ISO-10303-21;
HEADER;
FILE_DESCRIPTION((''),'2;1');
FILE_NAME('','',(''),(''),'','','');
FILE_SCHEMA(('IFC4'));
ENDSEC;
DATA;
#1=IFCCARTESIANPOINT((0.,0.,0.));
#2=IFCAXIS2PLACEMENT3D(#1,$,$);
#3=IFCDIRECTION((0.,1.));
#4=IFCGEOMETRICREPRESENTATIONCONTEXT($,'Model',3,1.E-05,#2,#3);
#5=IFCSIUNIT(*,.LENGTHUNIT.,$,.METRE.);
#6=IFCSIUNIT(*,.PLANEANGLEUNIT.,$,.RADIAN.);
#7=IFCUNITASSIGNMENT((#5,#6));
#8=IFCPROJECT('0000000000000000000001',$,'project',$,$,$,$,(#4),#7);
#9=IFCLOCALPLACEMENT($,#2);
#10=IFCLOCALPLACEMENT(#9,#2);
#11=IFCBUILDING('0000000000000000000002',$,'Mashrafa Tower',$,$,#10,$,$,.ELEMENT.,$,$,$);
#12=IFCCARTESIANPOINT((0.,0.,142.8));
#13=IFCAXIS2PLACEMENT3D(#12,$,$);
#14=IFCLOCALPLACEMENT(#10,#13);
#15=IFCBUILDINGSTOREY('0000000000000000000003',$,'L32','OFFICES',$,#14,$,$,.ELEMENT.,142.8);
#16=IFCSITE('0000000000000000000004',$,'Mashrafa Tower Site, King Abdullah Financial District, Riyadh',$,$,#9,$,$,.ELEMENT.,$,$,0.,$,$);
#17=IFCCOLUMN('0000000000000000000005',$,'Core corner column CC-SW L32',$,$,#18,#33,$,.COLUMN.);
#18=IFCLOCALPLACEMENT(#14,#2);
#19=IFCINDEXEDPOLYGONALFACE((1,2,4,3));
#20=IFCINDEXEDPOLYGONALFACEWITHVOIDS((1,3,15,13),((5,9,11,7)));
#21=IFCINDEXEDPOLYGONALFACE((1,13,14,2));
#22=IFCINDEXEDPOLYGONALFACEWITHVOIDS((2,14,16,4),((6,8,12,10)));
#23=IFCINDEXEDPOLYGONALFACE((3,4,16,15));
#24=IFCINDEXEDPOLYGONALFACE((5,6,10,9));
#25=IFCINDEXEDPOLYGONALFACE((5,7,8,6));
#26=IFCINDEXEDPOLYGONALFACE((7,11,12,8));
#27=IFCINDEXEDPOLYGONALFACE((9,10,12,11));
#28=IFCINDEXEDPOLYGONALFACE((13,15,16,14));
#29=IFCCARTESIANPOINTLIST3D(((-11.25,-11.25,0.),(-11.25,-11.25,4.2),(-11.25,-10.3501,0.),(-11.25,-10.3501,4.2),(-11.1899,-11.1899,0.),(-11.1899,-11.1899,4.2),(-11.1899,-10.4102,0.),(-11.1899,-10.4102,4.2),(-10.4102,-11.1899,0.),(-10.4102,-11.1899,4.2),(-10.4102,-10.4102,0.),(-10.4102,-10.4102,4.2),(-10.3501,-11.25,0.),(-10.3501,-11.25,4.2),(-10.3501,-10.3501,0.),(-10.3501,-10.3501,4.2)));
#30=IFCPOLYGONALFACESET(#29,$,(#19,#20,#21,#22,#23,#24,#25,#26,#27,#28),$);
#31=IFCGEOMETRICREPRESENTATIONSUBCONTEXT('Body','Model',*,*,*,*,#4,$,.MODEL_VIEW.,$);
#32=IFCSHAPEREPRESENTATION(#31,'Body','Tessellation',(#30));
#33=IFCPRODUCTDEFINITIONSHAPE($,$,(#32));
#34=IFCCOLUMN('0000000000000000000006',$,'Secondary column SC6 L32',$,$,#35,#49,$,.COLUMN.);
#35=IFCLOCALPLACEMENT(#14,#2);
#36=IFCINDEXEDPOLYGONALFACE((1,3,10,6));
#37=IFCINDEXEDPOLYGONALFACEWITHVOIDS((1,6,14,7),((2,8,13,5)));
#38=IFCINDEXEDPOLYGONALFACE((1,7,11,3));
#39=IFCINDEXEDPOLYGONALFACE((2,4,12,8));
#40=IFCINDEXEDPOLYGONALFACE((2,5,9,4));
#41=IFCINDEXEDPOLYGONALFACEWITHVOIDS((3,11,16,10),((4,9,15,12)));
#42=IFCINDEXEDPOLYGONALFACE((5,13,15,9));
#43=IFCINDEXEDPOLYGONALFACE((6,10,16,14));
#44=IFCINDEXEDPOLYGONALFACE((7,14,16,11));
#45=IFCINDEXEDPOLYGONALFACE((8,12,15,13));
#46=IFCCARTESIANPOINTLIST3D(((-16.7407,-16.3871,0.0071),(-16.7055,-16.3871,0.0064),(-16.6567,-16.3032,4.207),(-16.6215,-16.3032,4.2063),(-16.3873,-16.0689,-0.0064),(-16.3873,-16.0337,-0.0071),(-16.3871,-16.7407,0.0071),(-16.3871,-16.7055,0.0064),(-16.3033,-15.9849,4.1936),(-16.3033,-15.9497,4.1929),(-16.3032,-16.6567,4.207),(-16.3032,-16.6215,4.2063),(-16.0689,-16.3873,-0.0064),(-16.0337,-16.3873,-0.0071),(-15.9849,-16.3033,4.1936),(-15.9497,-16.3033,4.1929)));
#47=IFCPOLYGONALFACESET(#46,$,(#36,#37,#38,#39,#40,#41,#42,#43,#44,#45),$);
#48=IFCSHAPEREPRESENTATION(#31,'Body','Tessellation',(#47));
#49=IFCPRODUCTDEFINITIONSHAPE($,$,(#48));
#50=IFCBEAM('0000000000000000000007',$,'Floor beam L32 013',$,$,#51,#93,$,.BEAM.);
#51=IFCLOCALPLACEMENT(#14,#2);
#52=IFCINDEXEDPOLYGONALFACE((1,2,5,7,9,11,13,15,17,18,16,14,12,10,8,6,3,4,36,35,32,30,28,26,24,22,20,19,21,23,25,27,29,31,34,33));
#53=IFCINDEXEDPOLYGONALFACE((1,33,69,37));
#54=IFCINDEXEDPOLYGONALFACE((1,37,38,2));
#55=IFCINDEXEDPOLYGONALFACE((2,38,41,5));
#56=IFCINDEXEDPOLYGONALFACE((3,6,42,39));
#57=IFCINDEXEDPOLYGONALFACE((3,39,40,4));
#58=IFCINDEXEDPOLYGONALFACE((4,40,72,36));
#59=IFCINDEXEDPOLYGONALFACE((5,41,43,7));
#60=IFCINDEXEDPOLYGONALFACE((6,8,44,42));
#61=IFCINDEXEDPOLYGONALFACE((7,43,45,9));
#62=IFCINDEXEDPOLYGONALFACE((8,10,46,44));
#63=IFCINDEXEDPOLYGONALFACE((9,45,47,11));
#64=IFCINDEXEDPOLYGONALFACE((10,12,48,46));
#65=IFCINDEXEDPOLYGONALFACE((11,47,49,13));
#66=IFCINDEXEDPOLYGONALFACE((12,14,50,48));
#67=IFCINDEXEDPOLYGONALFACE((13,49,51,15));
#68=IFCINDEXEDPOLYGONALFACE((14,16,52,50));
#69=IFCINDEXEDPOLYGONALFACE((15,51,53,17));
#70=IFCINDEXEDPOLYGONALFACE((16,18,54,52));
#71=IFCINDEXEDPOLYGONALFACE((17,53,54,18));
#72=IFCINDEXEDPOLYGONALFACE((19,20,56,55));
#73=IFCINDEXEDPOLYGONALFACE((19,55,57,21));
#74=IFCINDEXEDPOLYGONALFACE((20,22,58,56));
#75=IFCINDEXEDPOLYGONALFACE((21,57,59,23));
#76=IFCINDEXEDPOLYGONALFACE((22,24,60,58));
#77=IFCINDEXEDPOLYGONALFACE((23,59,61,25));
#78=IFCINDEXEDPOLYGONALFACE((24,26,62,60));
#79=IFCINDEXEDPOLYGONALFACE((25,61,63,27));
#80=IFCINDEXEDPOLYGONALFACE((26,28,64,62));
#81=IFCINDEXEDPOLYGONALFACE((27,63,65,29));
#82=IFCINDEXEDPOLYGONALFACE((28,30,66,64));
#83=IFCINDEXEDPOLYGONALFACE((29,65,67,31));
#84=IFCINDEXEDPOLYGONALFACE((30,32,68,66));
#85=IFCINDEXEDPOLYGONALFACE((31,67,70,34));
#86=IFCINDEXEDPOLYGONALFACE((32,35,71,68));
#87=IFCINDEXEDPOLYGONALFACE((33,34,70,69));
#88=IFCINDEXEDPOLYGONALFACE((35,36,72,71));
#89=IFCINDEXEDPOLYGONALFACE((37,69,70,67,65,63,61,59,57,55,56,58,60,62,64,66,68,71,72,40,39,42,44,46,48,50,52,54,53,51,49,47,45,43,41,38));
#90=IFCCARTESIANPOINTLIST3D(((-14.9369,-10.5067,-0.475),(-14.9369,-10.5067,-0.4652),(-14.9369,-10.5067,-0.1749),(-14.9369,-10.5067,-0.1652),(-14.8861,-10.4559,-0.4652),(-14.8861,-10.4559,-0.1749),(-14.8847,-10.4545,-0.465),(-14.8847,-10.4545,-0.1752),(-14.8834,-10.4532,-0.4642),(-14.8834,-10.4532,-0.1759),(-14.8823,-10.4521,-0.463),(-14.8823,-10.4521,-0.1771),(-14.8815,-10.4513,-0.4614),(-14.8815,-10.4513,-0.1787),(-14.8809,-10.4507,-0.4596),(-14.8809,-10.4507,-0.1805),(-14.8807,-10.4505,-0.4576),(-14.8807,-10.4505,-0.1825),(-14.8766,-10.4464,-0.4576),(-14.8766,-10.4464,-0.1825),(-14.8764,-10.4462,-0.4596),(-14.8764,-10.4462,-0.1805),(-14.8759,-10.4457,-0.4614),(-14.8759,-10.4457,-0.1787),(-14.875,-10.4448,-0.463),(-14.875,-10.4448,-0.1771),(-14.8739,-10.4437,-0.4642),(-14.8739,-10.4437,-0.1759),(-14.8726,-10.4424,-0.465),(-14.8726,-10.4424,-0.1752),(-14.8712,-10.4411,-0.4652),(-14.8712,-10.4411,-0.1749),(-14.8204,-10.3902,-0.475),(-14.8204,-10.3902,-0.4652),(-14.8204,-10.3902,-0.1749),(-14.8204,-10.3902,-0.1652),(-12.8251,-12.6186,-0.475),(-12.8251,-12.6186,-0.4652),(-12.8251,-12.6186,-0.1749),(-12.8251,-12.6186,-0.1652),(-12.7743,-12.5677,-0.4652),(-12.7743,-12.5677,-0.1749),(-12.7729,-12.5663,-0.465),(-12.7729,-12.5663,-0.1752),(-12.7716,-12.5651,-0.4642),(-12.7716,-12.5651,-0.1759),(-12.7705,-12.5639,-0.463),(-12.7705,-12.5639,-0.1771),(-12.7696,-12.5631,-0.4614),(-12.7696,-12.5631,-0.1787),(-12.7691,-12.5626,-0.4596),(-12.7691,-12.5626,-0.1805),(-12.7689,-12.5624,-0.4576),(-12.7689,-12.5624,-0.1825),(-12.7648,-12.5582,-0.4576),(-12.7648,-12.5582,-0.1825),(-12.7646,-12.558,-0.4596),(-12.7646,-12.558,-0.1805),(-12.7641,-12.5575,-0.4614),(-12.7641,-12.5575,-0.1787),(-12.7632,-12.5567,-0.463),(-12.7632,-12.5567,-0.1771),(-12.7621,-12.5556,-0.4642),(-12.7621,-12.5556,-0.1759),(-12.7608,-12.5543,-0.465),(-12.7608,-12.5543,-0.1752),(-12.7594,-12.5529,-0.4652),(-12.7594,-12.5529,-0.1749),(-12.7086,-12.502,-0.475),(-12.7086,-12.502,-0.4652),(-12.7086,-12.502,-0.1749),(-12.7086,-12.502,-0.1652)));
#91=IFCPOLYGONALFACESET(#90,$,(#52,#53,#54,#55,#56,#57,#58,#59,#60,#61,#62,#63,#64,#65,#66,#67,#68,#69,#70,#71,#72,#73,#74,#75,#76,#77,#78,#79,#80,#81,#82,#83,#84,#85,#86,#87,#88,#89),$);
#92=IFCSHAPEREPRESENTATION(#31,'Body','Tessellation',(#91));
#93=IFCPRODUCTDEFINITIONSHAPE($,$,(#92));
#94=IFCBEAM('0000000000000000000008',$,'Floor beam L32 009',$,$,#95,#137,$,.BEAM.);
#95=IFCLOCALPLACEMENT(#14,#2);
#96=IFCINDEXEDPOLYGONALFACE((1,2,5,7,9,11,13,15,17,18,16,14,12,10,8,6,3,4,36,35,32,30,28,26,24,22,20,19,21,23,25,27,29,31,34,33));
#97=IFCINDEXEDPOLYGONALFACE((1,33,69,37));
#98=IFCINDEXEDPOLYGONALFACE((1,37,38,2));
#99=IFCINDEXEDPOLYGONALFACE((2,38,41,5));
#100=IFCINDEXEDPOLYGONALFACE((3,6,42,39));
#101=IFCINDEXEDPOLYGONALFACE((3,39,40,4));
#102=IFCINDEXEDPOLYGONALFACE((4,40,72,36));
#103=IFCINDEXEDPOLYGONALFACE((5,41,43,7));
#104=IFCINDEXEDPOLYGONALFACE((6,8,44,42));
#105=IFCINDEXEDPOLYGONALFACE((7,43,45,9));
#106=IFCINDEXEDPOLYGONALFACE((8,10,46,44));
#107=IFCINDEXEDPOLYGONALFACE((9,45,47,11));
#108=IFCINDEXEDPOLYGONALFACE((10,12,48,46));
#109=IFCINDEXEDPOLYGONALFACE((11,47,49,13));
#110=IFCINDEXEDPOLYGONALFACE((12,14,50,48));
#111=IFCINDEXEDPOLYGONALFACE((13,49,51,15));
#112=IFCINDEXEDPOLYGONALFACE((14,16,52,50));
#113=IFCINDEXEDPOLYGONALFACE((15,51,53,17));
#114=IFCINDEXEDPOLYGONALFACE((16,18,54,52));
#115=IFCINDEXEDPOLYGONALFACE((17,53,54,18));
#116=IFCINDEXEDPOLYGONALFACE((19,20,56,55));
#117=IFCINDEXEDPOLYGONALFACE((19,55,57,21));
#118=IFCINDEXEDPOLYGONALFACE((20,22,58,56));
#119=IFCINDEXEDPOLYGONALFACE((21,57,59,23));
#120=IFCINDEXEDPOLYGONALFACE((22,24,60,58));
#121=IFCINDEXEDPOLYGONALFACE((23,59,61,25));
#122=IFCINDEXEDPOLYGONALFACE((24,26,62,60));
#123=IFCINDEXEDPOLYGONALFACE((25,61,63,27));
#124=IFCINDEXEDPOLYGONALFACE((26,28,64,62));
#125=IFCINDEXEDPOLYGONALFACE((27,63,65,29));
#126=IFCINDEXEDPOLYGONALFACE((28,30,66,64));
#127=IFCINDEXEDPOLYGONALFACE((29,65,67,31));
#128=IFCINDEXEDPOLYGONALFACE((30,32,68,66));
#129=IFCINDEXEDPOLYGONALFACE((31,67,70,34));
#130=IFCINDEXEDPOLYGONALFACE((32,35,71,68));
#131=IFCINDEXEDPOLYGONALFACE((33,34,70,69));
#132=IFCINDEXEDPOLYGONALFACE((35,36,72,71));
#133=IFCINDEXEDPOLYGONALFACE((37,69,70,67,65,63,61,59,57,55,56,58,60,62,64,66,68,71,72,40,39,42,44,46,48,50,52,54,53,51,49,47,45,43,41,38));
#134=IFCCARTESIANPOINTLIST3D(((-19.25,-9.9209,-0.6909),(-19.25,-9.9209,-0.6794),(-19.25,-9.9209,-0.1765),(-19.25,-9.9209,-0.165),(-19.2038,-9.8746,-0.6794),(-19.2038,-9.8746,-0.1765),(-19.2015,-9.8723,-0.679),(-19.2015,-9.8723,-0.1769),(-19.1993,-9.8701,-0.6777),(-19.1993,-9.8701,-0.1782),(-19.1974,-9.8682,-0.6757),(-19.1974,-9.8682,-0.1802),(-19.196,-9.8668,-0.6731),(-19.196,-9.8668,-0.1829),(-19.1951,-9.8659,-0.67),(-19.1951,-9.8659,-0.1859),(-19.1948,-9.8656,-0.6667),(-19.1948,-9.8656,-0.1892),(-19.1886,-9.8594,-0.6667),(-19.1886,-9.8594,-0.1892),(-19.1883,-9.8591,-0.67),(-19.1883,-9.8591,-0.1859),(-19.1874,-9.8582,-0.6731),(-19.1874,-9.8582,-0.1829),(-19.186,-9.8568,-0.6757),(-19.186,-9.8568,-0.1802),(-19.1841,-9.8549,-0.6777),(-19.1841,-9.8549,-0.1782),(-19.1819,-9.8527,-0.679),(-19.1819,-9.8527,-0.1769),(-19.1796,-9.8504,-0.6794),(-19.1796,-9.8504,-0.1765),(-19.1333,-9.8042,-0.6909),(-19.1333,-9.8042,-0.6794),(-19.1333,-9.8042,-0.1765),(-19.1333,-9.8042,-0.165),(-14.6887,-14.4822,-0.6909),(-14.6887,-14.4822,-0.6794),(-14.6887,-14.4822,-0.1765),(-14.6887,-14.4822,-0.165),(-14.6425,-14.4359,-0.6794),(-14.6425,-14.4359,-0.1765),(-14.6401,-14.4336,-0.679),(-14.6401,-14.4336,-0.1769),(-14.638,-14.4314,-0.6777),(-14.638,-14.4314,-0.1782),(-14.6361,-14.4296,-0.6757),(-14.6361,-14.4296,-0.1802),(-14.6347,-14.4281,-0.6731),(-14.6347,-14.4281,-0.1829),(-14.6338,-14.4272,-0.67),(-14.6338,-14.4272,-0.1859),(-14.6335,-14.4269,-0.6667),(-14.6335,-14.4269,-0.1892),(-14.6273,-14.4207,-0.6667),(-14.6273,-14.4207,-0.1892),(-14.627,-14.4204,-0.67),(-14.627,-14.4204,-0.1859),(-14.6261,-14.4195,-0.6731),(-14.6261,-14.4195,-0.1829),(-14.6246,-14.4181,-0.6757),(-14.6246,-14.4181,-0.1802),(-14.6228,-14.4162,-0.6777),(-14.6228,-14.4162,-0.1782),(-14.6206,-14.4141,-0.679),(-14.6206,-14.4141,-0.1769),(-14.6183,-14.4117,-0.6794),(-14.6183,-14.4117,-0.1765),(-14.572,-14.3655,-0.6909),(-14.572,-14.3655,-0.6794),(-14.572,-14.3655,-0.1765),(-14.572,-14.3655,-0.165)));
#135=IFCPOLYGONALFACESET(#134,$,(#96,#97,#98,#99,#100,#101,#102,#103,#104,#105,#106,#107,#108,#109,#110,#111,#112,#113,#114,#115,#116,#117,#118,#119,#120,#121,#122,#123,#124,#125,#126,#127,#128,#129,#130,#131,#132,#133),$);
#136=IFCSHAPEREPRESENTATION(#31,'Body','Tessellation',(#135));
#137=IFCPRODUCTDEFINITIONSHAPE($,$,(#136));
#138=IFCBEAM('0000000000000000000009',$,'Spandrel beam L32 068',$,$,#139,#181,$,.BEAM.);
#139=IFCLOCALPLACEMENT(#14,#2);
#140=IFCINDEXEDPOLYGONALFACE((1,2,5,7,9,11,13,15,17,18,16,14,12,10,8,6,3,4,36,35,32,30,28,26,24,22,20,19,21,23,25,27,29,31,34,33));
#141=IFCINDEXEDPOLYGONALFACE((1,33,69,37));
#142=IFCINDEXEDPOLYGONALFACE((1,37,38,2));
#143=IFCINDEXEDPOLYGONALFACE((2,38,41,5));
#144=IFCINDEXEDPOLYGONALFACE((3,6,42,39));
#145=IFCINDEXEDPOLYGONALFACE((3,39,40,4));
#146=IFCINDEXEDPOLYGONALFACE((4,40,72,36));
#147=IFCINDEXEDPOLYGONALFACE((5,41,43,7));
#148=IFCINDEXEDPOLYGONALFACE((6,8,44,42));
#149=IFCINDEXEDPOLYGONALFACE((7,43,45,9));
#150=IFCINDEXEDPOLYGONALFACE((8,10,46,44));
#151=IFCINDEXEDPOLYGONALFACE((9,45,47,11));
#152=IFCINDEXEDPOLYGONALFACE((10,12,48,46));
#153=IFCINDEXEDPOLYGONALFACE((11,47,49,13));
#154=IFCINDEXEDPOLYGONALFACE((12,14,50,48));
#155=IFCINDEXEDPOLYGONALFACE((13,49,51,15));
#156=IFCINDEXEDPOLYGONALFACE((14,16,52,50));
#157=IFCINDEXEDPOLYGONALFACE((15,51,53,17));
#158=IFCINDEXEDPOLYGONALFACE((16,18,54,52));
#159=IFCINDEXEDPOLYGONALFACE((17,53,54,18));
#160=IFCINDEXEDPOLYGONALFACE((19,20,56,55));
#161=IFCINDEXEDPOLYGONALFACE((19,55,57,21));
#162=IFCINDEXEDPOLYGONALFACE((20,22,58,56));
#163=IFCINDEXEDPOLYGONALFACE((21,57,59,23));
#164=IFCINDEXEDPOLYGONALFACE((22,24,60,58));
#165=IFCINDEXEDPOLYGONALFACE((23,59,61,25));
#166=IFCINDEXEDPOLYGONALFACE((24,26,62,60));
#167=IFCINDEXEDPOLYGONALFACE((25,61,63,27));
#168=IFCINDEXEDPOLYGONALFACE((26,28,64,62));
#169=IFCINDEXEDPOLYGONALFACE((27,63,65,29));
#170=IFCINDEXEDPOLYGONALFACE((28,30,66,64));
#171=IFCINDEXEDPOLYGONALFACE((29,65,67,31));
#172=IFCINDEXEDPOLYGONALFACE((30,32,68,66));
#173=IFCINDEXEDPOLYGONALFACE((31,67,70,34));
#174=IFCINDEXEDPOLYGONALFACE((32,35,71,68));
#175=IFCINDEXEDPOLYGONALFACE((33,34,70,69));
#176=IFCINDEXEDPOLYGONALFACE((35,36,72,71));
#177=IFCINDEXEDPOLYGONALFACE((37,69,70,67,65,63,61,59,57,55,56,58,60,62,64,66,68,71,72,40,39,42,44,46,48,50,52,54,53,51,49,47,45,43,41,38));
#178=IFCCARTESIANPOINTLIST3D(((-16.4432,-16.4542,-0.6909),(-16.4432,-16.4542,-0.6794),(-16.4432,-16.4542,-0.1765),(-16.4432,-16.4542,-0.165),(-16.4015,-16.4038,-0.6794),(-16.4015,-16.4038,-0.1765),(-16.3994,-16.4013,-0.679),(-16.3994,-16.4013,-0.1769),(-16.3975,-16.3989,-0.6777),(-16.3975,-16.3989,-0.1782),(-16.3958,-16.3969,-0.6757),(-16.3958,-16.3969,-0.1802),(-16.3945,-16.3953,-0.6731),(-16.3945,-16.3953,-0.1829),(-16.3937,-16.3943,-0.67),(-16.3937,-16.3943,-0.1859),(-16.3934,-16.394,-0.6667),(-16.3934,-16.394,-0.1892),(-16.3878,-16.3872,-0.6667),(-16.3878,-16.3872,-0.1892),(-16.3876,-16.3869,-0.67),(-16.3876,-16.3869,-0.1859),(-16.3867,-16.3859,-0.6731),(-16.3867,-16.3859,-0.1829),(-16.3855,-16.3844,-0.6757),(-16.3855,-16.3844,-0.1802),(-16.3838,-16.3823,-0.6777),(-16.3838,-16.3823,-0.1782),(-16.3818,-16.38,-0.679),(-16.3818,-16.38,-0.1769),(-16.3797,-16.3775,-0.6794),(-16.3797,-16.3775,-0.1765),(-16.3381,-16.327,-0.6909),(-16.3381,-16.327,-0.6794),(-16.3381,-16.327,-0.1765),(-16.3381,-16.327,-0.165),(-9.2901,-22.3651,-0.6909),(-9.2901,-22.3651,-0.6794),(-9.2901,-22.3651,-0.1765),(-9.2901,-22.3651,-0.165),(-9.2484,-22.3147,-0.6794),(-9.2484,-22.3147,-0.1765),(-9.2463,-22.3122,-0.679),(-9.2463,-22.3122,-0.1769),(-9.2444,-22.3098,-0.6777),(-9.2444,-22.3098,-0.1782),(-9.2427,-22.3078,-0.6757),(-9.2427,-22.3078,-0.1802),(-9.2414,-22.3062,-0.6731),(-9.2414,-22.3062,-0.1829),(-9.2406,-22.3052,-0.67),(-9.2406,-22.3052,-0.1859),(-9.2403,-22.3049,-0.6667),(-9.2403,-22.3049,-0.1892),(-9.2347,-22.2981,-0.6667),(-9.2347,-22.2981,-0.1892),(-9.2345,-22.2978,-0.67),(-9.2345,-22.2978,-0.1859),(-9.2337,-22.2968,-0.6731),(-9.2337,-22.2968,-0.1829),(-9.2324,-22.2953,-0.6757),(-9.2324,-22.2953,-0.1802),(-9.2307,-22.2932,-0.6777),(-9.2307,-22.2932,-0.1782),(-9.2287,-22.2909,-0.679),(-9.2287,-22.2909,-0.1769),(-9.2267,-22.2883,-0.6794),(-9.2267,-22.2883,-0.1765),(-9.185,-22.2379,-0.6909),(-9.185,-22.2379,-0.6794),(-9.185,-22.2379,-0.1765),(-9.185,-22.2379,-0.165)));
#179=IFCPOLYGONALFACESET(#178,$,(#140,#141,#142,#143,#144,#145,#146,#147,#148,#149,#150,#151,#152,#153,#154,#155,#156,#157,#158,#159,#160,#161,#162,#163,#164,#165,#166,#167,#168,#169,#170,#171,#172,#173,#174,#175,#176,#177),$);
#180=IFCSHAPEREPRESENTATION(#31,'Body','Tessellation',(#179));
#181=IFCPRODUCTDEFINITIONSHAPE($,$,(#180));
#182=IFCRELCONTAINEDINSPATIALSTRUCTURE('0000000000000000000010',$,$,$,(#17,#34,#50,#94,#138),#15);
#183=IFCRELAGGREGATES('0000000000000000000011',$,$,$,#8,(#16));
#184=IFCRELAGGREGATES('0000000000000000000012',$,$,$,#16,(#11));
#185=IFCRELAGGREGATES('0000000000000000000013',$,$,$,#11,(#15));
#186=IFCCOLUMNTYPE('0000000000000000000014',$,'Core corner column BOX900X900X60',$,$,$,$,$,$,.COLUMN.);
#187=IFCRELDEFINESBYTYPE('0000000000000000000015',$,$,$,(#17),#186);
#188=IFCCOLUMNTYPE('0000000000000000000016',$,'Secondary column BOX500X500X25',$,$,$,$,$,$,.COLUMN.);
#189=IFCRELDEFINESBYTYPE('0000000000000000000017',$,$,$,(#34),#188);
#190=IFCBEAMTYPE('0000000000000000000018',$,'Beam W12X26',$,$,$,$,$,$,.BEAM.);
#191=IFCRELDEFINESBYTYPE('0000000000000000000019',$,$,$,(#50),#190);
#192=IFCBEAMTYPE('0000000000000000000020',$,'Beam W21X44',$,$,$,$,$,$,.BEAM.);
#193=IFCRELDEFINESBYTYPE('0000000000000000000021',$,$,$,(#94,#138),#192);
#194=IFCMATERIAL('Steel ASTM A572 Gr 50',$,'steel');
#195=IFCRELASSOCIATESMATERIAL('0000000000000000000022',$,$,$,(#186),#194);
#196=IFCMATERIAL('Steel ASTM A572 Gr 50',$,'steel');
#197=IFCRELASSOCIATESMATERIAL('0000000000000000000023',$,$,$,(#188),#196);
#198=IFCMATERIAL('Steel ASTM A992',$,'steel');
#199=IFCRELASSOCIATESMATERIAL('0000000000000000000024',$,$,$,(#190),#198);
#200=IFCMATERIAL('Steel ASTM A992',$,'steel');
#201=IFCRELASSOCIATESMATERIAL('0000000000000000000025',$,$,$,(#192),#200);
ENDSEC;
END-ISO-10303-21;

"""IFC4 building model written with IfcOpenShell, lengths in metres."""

from ifc_helpers import new_model, si_unit, direction, frame, origin, origin_2d, place, context, subcontext, project, spatial, hollow_rectangle, i_section, extrude, material, material_profile, profile_set, type_object, element, save


model = new_model("IFC4")

# Units and contexts
model_context = context("Model", 3, precision=1e-05, world=origin(), true_north=direction((0.0, 1.0)))
body_context = subcontext(model_context, "Body", "Model", "MODEL_VIEW")
ifc_project = project(units=[si_unit("LENGTHUNIT", "METRE"), si_unit("PLANEANGLEUNIT", "RADIAN")], contexts=[model_context])

# Site, building, storey
site_placement = place(None, origin())
site = spatial("IfcSite", under=ifc_project, at=site_placement, Name="Mashrafa Tower Site, King Abdullah Financial District, Riyadh", CompositionType="ELEMENT", RefElevation=0.0)
building_placement = place(site_placement, origin())
building = spatial("IfcBuilding", under=site, at=building_placement, Name="Mashrafa Tower", CompositionType="ELEMENT")
storey_placement = place(building_placement, frame((0.0, 0.0, 142.8)))
storey = spatial("IfcBuildingStorey", under=building, at=storey_placement, Name="L32", Description="OFFICES", CompositionType="ELEMENT", Elevation=142.8)

# Columns
ifc_material_1 = material(Name="Steel ASTM A572 Gr 50", Category="steel")
ifc_material_profile_1 = material_profile(ifc_material_1, hollow_rectangle(XDim=0.8999, YDim=0.8999, WallThickness=0.0601, at=origin_2d()), Name="BOX900X900X60")
ifc_profile_set_1 = profile_set([ifc_material_profile_1], Name="Steel ASTM A572 Gr 50")
column_type_1 = type_object("IfcColumnType", Name="Core corner column BOX900X900X60", PredefinedType="COLUMN", material=ifc_profile_set_1)
column_1_placement = place(storey_placement, frame((-10.8, -10.8, 0.0), z_axis=(0.0, 0.0, 1.0), x_axis=(1.0, 0.0, 0.0)))
element("IfcColumn", 1, at=column_1_placement, inside=storey, type_object=column_type_1, Name="Core corner column CC-SW L32", PredefinedType="COLUMN", context=body_context, shape_type="SweptSolid", body=[
    extrude(hollow_rectangle(XDim=0.8999, YDim=0.8999, WallThickness=0.0601, at=origin_2d()), origin(), (0.0, 0.0, 1.0), 4.2),
])
ifc_material_2 = material(Name="Steel ASTM A572 Gr 50", Category="steel")
ifc_material_profile_2 = material_profile(ifc_material_2, hollow_rectangle(XDim=0.5, YDim=0.5, WallThickness=0.0249, at=origin_2d()), Name="BOX500X500X25")
ifc_profile_set_2 = profile_set([ifc_material_profile_2], Name="Steel ASTM A572 Gr 50")
column_type_2 = type_object("IfcColumnType", Name="Secondary column BOX500X500X25", PredefinedType="COLUMN", material=ifc_profile_set_2)
column_2_placement = place(storey_placement, frame((-16.3872, -16.3872, 0.0), z_axis=(0.019989, 0.019989, 0.9996), x_axis=(-0.707107, 0.707107, 0.0)))
element("IfcColumn", 2, at=column_2_placement, inside=storey, type_object=column_type_2, Name="Secondary column SC6 L32", PredefinedType="COLUMN", context=body_context, shape_type="SweptSolid", body=[
    extrude(hollow_rectangle(XDim=0.5, YDim=0.5, WallThickness=0.0249, at=origin_2d()), origin(), (0.0, 0.0, 1.0), 4.2017),
])

# Beams
ifc_material_3 = material(Name="Steel ASTM A992", Category="steel")
ifc_material_profile_3 = material_profile(ifc_material_3, i_section(OverallWidth=0.1648, OverallDepth=0.3098, WebThickness=0.0059, FlangeThickness=0.0098, FilletRadius=0.0076, at=origin_2d()), Name="W12X26")
ifc_profile_set_3 = profile_set([ifc_material_profile_3], Name="Steel ASTM A992")
beam_type_1 = type_object("IfcBeamType", Name="Beam W12X26", PredefinedType="BEAM", material=ifc_profile_set_3)
beam_1_placement = place(storey_placement, frame((-12.7668, -12.5603, -0.3201), z_axis=(-0.707107, 0.707107, 0.0), x_axis=(-0.707107, -0.707107, 0.0)))
element("IfcBeam", 3, at=beam_1_placement, inside=storey, type_object=beam_type_1, Name="Floor beam L32 013", PredefinedType="BEAM", context=body_context, shape_type="SweptSolid", body=[
    extrude(i_section(OverallWidth=0.1648, OverallDepth=0.3098, WebThickness=0.0059, FlangeThickness=0.0098, FilletRadius=0.0076, at=origin_2d()), origin(), (0.0, 0.0, 1.0), 2.9866),
])
ifc_material_4 = material(Name="Steel ASTM A992", Category="steel")
ifc_material_profile_4 = material_profile(ifc_material_4, i_section(OverallWidth=0.165, OverallDepth=0.5259, WebThickness=0.0088, FlangeThickness=0.0115, FilletRadius=0.0127, at=origin_2d()), Name="W21X44")
ifc_profile_set_4 = profile_set([ifc_material_profile_4], Name="Steel ASTM A992")
beam_type_2 = type_object("IfcBeamType", Name="Beam W21X44", PredefinedType="BEAM", material=ifc_profile_set_4)
beam_2_placement = place(storey_placement, frame((-14.6304, -14.4238, -0.428), z_axis=(-0.707107, 0.707107, 0.0), x_axis=(-0.707107, -0.707107, 0.0)))
element("IfcBeam", 4, at=beam_2_placement, inside=storey, type_object=beam_type_2, Name="Floor beam L32 009", PredefinedType="BEAM", context=body_context, shape_type="SweptSolid", body=[
    extrude(i_section(OverallWidth=0.165, OverallDepth=0.5259, WebThickness=0.0088, FlangeThickness=0.0115, FilletRadius=0.0127, at=origin_2d()), origin(), (0.0, 0.0, 1.0), 6.4507),
])
beam_3_placement = place(storey_placement, frame((-16.3906, -16.3906, -0.428), z_axis=(0.770865, -0.636998, 0.0), x_axis=(0.636998, 0.770865, 0.0)))
element("IfcBeam", 5, at=beam_3_placement, inside=storey, type_object=beam_type_2, Name="Spandrel beam L32 068", PredefinedType="BEAM", context=body_context, shape_type="SweptSolid", body=[
    extrude(i_section(OverallWidth=0.165, OverallDepth=0.5259, WebThickness=0.0088, FlangeThickness=0.0115, FilletRadius=0.0127, at=origin_2d()), origin(), (0.0, 0.0, 1.0), 9.2793),
])

save(model, "model.ifc")
